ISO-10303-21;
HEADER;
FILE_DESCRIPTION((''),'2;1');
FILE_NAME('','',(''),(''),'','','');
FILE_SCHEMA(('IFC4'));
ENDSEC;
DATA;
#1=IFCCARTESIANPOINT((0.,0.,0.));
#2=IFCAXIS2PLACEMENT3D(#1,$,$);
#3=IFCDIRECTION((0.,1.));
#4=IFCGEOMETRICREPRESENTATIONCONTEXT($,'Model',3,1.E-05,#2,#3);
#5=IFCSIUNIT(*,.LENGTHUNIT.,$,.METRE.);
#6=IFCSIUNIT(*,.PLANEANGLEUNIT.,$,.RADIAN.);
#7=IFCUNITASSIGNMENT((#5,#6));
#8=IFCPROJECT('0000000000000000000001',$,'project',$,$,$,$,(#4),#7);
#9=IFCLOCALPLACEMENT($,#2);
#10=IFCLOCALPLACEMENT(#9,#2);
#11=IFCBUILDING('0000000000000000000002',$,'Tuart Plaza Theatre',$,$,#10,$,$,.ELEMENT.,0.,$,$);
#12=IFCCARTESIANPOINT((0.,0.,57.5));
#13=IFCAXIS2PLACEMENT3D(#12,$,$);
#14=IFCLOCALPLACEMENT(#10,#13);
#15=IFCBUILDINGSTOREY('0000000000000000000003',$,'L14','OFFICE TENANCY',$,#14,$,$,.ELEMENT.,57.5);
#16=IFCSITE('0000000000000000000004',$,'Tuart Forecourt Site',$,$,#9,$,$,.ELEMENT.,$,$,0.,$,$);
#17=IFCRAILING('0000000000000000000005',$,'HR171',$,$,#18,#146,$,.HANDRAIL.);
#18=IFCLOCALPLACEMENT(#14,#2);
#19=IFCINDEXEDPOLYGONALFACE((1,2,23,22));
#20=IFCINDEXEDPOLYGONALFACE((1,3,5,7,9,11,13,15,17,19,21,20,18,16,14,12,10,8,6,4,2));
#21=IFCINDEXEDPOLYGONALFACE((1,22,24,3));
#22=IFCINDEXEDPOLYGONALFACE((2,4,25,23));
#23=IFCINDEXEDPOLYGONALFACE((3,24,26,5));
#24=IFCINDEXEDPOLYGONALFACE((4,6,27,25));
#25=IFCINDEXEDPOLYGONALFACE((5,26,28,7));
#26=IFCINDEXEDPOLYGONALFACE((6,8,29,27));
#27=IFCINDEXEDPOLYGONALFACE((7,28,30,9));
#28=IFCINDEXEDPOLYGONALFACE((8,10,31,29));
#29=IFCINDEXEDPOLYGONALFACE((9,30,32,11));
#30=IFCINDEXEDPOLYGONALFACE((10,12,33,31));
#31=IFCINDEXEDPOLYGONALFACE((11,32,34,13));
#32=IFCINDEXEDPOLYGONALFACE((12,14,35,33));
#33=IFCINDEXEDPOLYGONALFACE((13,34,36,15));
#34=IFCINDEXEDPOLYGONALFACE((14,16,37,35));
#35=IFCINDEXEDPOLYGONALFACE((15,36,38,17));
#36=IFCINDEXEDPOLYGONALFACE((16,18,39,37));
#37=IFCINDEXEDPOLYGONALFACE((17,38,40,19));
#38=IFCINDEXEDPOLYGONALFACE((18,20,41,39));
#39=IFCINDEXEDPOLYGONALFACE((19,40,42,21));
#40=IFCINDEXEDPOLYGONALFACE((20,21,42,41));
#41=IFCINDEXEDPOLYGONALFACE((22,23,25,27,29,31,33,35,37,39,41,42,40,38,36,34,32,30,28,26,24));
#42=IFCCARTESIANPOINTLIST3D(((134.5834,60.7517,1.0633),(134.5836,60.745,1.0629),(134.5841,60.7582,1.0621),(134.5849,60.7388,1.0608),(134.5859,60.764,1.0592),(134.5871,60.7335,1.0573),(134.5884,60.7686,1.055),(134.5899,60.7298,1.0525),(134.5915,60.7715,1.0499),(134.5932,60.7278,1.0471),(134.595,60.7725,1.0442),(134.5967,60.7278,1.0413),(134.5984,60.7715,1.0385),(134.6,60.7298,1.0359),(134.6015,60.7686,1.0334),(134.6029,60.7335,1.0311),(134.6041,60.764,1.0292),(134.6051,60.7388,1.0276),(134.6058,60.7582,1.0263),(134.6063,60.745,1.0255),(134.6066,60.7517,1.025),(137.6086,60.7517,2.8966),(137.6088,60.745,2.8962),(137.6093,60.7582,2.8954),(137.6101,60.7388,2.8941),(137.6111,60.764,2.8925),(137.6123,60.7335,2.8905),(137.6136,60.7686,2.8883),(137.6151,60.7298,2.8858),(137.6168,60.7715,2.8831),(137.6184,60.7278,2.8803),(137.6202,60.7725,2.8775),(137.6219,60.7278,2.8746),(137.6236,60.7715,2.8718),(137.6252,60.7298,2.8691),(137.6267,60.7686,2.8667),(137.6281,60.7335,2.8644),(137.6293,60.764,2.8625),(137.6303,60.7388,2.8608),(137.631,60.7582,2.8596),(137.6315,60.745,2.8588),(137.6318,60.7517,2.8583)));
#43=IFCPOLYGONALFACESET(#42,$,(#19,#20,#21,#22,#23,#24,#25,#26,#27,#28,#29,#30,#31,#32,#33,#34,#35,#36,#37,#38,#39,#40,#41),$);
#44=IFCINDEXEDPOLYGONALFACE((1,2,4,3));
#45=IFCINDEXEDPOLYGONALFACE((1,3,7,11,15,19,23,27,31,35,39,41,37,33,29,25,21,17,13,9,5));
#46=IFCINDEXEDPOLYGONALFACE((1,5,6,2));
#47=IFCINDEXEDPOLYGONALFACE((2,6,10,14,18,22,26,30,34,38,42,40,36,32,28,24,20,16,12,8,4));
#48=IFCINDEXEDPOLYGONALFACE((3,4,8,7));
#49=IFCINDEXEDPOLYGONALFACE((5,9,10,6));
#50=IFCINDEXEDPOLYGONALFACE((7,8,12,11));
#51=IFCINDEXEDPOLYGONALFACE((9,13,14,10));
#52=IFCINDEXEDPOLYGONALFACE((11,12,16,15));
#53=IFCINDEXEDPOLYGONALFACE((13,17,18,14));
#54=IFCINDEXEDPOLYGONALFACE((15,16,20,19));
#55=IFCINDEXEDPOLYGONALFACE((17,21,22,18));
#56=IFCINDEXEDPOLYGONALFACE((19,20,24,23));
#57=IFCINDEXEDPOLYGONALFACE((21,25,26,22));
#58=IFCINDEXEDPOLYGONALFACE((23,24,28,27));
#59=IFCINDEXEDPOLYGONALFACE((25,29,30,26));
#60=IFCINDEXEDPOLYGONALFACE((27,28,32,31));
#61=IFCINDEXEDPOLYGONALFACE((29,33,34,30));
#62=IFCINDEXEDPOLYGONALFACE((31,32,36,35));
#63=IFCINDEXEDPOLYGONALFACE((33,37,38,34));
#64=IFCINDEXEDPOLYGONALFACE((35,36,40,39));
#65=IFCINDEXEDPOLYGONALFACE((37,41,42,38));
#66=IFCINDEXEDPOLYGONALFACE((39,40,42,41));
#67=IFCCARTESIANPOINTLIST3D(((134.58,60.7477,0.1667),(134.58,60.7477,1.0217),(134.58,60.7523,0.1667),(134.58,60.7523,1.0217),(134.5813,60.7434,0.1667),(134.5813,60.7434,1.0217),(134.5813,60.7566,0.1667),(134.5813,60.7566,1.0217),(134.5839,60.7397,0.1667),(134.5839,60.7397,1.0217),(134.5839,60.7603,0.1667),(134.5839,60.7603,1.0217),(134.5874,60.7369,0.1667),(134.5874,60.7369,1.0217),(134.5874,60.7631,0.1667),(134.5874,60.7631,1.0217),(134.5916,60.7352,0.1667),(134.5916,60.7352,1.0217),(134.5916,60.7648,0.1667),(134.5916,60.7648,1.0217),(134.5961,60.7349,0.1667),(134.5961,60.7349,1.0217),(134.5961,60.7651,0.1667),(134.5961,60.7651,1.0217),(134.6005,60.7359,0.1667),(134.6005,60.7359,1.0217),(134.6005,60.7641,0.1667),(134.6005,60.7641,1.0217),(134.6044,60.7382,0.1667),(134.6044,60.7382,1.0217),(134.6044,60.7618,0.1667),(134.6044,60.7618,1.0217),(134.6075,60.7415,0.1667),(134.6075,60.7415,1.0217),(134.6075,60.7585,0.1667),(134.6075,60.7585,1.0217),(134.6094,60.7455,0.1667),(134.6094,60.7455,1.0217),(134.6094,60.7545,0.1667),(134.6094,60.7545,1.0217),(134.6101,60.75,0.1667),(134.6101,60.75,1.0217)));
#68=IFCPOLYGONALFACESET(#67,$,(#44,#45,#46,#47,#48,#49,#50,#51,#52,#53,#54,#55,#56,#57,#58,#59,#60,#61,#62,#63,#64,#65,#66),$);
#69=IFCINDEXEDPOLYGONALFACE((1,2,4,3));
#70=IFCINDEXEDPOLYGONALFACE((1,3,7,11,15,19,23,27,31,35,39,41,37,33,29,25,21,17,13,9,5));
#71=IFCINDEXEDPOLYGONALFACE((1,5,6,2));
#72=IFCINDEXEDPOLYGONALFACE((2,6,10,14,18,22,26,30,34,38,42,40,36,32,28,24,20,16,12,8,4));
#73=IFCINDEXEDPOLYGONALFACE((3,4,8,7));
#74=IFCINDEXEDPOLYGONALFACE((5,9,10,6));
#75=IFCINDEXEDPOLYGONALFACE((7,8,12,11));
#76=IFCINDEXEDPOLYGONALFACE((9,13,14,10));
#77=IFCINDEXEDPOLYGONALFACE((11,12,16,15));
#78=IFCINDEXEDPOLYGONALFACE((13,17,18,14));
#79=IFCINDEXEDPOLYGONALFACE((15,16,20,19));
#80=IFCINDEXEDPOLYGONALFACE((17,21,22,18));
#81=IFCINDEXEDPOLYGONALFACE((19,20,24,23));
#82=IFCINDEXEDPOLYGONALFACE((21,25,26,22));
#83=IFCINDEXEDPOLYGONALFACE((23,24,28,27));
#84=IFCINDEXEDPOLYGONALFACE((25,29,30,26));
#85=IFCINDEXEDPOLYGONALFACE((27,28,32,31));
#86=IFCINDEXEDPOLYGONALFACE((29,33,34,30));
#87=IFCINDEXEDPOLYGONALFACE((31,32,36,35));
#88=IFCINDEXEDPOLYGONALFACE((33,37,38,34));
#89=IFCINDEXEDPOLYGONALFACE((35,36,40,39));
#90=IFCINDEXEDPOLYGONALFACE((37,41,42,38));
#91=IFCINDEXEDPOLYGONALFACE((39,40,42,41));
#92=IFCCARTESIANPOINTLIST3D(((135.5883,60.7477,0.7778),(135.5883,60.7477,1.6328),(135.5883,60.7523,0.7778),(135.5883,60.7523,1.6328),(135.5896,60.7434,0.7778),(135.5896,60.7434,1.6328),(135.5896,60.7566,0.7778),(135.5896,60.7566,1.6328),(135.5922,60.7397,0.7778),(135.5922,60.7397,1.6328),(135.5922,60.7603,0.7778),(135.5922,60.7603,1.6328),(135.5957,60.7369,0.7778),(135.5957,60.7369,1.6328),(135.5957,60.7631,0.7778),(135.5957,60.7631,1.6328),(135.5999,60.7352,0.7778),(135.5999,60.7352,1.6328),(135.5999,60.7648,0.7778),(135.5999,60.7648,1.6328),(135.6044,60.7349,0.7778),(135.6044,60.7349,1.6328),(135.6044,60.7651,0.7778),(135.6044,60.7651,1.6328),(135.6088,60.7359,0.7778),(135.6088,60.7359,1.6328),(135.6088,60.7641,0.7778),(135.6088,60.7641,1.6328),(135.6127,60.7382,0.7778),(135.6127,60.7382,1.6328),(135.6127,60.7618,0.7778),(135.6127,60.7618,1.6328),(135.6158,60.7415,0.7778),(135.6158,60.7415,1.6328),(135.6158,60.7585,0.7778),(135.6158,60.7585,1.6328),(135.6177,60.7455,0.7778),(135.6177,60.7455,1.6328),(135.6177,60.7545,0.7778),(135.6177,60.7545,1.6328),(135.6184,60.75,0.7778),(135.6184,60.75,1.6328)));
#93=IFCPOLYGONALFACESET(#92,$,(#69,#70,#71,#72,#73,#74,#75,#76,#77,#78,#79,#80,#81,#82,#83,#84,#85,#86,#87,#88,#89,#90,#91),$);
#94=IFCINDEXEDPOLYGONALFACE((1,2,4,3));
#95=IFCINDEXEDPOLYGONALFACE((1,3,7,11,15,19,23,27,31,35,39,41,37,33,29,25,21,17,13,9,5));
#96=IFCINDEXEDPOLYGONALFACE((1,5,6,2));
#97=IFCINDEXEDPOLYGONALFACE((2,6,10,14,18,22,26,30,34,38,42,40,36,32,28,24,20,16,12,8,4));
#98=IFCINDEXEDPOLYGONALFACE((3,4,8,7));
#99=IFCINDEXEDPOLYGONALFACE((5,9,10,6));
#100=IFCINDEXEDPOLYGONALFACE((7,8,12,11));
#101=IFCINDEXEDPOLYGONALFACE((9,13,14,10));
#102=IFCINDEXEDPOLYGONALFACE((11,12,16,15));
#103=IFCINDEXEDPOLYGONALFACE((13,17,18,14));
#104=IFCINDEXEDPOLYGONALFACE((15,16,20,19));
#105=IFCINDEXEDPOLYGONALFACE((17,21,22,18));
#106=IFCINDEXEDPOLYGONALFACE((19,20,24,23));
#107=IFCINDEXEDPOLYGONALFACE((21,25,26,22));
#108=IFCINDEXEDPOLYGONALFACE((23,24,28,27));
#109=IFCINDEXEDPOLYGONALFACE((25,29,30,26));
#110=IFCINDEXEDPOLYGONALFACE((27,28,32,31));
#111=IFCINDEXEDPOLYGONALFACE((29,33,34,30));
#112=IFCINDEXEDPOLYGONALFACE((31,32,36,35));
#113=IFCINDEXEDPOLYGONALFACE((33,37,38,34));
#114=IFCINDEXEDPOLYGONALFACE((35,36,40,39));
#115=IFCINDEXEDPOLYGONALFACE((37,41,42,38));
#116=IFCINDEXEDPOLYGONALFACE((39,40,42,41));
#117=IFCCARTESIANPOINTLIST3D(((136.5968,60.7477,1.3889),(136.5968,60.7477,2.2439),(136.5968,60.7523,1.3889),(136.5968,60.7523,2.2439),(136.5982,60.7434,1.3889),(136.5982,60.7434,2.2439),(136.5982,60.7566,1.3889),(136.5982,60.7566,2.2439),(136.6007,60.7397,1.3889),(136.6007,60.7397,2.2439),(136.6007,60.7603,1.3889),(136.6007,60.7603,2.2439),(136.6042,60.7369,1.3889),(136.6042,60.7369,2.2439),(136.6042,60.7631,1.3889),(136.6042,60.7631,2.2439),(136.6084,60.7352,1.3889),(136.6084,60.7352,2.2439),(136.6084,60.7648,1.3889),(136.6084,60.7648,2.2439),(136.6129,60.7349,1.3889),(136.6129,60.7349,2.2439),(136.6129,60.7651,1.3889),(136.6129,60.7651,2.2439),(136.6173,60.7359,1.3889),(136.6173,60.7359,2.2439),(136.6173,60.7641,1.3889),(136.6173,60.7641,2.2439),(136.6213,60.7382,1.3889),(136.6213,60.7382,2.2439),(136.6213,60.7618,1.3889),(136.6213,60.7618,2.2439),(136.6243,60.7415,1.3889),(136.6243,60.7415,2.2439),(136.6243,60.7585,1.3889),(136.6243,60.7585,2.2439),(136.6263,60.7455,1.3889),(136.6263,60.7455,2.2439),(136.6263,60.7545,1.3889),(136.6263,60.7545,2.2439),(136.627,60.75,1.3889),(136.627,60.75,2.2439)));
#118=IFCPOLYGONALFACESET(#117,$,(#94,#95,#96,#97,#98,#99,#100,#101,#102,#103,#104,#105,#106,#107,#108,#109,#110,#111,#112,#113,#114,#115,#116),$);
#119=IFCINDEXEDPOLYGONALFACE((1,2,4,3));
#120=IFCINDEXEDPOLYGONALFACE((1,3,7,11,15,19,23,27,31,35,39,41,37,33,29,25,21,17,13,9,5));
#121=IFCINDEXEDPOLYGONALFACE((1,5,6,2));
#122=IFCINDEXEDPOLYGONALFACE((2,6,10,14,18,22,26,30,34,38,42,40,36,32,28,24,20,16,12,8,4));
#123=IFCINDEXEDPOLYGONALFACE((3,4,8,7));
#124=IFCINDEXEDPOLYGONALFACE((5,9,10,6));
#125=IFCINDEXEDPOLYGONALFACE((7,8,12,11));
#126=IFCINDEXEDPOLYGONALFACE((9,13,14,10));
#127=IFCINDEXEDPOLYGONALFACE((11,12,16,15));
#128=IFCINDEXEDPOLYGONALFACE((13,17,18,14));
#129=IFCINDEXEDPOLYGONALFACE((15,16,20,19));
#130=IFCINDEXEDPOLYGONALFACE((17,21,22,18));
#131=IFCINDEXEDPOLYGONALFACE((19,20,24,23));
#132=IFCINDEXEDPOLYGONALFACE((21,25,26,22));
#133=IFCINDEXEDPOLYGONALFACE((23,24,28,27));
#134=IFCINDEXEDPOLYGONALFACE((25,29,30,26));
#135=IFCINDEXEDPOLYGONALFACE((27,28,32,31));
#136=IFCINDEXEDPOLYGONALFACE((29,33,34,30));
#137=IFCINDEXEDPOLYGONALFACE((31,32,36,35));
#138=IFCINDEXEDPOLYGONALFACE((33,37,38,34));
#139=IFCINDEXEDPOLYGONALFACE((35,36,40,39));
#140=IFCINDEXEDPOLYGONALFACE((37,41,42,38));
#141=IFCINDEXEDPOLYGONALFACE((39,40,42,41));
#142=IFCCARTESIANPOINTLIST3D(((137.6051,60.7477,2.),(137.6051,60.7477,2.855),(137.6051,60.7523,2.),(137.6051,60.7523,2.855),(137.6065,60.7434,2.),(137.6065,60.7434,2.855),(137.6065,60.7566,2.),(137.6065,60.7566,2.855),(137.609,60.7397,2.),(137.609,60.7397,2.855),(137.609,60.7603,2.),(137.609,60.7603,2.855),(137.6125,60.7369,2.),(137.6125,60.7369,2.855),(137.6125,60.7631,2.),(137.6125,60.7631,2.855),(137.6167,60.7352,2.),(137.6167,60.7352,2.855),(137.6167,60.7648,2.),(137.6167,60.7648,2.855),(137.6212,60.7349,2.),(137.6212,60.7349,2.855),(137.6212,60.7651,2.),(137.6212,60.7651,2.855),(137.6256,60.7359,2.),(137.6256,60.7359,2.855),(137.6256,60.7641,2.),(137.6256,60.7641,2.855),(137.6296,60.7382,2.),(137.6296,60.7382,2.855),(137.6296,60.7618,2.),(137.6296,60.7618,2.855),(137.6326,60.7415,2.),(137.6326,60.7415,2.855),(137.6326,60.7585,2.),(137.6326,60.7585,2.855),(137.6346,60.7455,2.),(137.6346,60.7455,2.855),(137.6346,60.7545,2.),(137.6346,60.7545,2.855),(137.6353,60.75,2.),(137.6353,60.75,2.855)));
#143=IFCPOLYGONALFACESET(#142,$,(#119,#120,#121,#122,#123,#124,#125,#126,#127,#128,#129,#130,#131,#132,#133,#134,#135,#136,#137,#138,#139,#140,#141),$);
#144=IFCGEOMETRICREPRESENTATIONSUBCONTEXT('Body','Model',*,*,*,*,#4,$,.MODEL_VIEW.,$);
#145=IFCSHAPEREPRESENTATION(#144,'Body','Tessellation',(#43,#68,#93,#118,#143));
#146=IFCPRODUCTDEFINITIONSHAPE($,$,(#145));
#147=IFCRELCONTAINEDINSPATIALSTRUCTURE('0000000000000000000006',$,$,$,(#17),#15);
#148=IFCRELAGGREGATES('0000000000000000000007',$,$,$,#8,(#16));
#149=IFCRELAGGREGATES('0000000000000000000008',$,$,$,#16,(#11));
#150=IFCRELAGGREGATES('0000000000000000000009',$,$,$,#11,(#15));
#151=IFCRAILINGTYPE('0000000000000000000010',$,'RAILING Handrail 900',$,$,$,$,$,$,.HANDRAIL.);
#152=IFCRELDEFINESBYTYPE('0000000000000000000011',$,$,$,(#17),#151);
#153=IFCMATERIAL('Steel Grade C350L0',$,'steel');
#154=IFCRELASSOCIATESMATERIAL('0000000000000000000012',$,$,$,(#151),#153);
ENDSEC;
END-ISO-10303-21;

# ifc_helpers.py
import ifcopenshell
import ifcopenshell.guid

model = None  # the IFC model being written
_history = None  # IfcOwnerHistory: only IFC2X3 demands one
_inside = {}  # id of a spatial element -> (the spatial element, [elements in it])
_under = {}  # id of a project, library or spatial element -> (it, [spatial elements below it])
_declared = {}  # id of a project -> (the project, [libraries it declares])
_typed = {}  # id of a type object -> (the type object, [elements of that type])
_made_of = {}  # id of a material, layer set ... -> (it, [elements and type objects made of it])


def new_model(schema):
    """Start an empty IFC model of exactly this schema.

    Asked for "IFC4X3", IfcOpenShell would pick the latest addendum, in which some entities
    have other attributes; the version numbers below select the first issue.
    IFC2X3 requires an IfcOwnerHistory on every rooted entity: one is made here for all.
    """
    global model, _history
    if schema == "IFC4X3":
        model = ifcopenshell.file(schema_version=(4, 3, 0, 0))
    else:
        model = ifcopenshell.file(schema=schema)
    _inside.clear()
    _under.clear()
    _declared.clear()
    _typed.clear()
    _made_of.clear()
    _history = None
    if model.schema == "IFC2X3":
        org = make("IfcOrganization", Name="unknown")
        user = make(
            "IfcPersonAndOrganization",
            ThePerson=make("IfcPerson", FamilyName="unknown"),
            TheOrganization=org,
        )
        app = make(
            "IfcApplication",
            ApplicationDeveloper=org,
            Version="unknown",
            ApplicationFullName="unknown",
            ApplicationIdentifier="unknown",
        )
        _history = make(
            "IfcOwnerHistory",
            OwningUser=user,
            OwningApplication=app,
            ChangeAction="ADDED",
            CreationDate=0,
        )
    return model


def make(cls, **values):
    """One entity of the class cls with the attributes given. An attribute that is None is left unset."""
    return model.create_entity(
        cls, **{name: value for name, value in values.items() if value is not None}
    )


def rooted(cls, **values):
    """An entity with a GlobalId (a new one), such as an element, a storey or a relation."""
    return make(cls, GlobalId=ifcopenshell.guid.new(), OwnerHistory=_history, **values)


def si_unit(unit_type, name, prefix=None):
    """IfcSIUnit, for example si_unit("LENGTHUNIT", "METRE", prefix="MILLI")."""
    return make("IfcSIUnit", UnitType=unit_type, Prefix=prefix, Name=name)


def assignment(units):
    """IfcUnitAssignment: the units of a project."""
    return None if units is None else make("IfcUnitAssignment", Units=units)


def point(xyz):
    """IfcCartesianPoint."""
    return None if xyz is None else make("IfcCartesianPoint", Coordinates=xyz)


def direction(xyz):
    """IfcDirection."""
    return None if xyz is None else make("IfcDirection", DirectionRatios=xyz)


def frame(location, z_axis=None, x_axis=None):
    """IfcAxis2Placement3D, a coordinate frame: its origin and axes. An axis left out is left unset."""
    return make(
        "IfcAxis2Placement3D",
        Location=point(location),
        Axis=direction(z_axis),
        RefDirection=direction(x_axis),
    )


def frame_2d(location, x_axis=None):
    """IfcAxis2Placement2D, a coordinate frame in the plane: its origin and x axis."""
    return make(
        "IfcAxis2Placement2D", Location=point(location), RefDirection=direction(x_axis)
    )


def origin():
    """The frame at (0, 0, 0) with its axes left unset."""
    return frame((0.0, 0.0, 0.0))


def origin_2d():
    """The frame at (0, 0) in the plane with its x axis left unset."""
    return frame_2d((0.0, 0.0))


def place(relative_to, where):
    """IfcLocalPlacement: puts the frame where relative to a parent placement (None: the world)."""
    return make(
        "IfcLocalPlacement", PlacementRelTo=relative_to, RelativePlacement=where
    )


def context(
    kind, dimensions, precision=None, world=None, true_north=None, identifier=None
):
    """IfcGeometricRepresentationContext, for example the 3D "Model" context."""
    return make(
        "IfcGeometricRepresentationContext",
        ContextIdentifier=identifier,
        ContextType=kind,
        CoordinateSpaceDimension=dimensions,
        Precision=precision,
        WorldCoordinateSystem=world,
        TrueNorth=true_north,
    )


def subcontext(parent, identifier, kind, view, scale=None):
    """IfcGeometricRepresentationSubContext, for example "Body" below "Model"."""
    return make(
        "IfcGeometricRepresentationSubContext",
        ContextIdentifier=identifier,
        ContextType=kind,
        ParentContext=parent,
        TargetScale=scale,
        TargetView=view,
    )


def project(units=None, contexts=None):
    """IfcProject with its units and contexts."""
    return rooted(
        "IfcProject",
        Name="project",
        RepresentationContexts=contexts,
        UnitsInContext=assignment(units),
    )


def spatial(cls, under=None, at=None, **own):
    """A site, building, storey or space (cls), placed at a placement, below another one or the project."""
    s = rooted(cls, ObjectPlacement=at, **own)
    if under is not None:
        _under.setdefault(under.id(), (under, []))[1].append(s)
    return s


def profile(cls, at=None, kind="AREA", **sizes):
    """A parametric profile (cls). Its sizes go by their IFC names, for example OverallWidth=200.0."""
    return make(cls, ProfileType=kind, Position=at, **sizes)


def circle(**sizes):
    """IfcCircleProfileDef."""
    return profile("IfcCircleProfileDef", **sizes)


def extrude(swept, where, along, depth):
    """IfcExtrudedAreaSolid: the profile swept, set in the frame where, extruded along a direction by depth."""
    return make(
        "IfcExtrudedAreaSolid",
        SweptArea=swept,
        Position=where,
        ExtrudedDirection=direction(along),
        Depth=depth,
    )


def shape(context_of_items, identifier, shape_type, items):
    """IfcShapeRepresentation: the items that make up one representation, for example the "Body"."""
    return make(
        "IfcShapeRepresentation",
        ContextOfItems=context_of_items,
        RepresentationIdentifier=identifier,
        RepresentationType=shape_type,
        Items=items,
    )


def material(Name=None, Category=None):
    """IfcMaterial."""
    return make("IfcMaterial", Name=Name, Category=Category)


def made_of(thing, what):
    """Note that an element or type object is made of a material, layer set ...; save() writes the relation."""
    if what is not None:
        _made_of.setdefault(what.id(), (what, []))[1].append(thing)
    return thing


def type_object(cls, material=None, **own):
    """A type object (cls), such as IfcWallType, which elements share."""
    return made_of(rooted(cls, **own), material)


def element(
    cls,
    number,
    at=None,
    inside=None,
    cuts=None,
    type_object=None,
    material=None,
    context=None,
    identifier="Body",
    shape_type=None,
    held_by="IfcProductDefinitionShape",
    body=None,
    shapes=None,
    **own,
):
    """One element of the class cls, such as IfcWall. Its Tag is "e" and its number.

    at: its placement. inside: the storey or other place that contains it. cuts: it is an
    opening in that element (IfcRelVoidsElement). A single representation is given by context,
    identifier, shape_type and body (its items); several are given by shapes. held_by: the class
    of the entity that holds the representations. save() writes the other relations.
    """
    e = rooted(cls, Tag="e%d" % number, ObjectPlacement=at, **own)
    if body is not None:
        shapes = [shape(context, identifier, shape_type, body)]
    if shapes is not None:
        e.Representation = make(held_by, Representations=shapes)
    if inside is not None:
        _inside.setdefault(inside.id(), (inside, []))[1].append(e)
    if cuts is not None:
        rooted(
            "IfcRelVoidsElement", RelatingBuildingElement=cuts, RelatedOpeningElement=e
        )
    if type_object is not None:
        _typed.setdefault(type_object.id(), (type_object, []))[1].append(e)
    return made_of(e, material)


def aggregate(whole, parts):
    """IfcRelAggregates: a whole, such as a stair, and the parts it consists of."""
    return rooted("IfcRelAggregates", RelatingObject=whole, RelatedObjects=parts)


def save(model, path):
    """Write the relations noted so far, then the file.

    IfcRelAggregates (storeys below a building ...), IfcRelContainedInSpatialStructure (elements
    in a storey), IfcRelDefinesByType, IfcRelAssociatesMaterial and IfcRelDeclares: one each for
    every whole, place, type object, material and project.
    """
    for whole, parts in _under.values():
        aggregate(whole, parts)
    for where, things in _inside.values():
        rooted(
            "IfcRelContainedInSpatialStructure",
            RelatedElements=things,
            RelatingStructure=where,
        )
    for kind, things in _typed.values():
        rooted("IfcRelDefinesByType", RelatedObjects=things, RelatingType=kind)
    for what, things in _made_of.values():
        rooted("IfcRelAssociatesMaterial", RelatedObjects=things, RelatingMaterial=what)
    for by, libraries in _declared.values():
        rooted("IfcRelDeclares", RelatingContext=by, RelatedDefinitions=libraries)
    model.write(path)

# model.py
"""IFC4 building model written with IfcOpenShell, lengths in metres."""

from ifc_helpers import new_model, si_unit, direction, frame, origin, origin_2d, place, context, subcontext, project, spatial, circle, extrude, material, type_object, element, save


model = new_model("IFC4")

# Units and contexts
model_context = context("Model", 3, precision=1e-05, world=origin(), true_north=direction((0.0, 1.0)))
body_context = subcontext(model_context, "Body", "Model", "MODEL_VIEW")
ifc_project = project(units=[si_unit("LENGTHUNIT", "METRE"), si_unit("PLANEANGLEUNIT", "RADIAN")], contexts=[model_context])

# Site, building, storey
site_placement = place(None, origin())
site = spatial("IfcSite", under=ifc_project, at=site_placement, Name="Tuart Forecourt Site", CompositionType="ELEMENT", RefElevation=0.0)
building_placement = place(site_placement, origin())
building = spatial("IfcBuilding", under=site, at=building_placement, Name="Tuart Plaza Theatre", CompositionType="ELEMENT", ElevationOfRefHeight=0.0)
storey_placement = place(building_placement, frame((0.0, 0.0, 57.5)))
storey = spatial("IfcBuildingStorey", under=building, at=storey_placement, Name="L14", Description="OFFICE TENANCY", CompositionType="ELEMENT", Elevation=57.5)

# Railing
ifc_material_1 = material(Name="Steel Grade C350L0", Category="steel")
railing_type_1 = type_object("IfcRailingType", Name="RAILING Handrail 900", PredefinedType="HANDRAIL", material=ifc_material_1)
for number, where, name in (
    (1, (134.595, 60.75, 0.1667), "HR171"),
):
    element("IfcRailing", number, at=place(storey_placement, frame(where)), inside=storey, type_object=railing_type_1, Name=name, PredefinedType="HANDRAIL", context=body_context, shape_type="SweptSolid", body=[
        extrude(circle(Radius=0.0225, at=origin_2d()), frame((0.0, 0.0, 0.8774), z_axis=(0.855219, 0.0, 0.518267), x_axis=(0.0, 1.0, 0.0)), (0.0, 0.0, 1.0), 3.5374),
        extrude(circle(Radius=0.0151, at=origin_2d()), origin(), (0.0, 0.0, 1.0), 0.855),
        extrude(circle(Radius=0.0151, at=origin_2d()), frame((1.0083, 0.0, 0.6111)), (0.0, 0.0, 1.0), 0.855),
        extrude(circle(Radius=0.0151, at=origin_2d()), frame((2.0168, 0.0, 1.2222)), (0.0, 0.0, 1.0), 0.855),
        extrude(circle(Radius=0.0151, at=origin_2d()), frame((3.0251, 0.0, 1.8333)), (0.0, 0.0, 1.0), 0.855),
    ])

save(model, "model.ifc")
